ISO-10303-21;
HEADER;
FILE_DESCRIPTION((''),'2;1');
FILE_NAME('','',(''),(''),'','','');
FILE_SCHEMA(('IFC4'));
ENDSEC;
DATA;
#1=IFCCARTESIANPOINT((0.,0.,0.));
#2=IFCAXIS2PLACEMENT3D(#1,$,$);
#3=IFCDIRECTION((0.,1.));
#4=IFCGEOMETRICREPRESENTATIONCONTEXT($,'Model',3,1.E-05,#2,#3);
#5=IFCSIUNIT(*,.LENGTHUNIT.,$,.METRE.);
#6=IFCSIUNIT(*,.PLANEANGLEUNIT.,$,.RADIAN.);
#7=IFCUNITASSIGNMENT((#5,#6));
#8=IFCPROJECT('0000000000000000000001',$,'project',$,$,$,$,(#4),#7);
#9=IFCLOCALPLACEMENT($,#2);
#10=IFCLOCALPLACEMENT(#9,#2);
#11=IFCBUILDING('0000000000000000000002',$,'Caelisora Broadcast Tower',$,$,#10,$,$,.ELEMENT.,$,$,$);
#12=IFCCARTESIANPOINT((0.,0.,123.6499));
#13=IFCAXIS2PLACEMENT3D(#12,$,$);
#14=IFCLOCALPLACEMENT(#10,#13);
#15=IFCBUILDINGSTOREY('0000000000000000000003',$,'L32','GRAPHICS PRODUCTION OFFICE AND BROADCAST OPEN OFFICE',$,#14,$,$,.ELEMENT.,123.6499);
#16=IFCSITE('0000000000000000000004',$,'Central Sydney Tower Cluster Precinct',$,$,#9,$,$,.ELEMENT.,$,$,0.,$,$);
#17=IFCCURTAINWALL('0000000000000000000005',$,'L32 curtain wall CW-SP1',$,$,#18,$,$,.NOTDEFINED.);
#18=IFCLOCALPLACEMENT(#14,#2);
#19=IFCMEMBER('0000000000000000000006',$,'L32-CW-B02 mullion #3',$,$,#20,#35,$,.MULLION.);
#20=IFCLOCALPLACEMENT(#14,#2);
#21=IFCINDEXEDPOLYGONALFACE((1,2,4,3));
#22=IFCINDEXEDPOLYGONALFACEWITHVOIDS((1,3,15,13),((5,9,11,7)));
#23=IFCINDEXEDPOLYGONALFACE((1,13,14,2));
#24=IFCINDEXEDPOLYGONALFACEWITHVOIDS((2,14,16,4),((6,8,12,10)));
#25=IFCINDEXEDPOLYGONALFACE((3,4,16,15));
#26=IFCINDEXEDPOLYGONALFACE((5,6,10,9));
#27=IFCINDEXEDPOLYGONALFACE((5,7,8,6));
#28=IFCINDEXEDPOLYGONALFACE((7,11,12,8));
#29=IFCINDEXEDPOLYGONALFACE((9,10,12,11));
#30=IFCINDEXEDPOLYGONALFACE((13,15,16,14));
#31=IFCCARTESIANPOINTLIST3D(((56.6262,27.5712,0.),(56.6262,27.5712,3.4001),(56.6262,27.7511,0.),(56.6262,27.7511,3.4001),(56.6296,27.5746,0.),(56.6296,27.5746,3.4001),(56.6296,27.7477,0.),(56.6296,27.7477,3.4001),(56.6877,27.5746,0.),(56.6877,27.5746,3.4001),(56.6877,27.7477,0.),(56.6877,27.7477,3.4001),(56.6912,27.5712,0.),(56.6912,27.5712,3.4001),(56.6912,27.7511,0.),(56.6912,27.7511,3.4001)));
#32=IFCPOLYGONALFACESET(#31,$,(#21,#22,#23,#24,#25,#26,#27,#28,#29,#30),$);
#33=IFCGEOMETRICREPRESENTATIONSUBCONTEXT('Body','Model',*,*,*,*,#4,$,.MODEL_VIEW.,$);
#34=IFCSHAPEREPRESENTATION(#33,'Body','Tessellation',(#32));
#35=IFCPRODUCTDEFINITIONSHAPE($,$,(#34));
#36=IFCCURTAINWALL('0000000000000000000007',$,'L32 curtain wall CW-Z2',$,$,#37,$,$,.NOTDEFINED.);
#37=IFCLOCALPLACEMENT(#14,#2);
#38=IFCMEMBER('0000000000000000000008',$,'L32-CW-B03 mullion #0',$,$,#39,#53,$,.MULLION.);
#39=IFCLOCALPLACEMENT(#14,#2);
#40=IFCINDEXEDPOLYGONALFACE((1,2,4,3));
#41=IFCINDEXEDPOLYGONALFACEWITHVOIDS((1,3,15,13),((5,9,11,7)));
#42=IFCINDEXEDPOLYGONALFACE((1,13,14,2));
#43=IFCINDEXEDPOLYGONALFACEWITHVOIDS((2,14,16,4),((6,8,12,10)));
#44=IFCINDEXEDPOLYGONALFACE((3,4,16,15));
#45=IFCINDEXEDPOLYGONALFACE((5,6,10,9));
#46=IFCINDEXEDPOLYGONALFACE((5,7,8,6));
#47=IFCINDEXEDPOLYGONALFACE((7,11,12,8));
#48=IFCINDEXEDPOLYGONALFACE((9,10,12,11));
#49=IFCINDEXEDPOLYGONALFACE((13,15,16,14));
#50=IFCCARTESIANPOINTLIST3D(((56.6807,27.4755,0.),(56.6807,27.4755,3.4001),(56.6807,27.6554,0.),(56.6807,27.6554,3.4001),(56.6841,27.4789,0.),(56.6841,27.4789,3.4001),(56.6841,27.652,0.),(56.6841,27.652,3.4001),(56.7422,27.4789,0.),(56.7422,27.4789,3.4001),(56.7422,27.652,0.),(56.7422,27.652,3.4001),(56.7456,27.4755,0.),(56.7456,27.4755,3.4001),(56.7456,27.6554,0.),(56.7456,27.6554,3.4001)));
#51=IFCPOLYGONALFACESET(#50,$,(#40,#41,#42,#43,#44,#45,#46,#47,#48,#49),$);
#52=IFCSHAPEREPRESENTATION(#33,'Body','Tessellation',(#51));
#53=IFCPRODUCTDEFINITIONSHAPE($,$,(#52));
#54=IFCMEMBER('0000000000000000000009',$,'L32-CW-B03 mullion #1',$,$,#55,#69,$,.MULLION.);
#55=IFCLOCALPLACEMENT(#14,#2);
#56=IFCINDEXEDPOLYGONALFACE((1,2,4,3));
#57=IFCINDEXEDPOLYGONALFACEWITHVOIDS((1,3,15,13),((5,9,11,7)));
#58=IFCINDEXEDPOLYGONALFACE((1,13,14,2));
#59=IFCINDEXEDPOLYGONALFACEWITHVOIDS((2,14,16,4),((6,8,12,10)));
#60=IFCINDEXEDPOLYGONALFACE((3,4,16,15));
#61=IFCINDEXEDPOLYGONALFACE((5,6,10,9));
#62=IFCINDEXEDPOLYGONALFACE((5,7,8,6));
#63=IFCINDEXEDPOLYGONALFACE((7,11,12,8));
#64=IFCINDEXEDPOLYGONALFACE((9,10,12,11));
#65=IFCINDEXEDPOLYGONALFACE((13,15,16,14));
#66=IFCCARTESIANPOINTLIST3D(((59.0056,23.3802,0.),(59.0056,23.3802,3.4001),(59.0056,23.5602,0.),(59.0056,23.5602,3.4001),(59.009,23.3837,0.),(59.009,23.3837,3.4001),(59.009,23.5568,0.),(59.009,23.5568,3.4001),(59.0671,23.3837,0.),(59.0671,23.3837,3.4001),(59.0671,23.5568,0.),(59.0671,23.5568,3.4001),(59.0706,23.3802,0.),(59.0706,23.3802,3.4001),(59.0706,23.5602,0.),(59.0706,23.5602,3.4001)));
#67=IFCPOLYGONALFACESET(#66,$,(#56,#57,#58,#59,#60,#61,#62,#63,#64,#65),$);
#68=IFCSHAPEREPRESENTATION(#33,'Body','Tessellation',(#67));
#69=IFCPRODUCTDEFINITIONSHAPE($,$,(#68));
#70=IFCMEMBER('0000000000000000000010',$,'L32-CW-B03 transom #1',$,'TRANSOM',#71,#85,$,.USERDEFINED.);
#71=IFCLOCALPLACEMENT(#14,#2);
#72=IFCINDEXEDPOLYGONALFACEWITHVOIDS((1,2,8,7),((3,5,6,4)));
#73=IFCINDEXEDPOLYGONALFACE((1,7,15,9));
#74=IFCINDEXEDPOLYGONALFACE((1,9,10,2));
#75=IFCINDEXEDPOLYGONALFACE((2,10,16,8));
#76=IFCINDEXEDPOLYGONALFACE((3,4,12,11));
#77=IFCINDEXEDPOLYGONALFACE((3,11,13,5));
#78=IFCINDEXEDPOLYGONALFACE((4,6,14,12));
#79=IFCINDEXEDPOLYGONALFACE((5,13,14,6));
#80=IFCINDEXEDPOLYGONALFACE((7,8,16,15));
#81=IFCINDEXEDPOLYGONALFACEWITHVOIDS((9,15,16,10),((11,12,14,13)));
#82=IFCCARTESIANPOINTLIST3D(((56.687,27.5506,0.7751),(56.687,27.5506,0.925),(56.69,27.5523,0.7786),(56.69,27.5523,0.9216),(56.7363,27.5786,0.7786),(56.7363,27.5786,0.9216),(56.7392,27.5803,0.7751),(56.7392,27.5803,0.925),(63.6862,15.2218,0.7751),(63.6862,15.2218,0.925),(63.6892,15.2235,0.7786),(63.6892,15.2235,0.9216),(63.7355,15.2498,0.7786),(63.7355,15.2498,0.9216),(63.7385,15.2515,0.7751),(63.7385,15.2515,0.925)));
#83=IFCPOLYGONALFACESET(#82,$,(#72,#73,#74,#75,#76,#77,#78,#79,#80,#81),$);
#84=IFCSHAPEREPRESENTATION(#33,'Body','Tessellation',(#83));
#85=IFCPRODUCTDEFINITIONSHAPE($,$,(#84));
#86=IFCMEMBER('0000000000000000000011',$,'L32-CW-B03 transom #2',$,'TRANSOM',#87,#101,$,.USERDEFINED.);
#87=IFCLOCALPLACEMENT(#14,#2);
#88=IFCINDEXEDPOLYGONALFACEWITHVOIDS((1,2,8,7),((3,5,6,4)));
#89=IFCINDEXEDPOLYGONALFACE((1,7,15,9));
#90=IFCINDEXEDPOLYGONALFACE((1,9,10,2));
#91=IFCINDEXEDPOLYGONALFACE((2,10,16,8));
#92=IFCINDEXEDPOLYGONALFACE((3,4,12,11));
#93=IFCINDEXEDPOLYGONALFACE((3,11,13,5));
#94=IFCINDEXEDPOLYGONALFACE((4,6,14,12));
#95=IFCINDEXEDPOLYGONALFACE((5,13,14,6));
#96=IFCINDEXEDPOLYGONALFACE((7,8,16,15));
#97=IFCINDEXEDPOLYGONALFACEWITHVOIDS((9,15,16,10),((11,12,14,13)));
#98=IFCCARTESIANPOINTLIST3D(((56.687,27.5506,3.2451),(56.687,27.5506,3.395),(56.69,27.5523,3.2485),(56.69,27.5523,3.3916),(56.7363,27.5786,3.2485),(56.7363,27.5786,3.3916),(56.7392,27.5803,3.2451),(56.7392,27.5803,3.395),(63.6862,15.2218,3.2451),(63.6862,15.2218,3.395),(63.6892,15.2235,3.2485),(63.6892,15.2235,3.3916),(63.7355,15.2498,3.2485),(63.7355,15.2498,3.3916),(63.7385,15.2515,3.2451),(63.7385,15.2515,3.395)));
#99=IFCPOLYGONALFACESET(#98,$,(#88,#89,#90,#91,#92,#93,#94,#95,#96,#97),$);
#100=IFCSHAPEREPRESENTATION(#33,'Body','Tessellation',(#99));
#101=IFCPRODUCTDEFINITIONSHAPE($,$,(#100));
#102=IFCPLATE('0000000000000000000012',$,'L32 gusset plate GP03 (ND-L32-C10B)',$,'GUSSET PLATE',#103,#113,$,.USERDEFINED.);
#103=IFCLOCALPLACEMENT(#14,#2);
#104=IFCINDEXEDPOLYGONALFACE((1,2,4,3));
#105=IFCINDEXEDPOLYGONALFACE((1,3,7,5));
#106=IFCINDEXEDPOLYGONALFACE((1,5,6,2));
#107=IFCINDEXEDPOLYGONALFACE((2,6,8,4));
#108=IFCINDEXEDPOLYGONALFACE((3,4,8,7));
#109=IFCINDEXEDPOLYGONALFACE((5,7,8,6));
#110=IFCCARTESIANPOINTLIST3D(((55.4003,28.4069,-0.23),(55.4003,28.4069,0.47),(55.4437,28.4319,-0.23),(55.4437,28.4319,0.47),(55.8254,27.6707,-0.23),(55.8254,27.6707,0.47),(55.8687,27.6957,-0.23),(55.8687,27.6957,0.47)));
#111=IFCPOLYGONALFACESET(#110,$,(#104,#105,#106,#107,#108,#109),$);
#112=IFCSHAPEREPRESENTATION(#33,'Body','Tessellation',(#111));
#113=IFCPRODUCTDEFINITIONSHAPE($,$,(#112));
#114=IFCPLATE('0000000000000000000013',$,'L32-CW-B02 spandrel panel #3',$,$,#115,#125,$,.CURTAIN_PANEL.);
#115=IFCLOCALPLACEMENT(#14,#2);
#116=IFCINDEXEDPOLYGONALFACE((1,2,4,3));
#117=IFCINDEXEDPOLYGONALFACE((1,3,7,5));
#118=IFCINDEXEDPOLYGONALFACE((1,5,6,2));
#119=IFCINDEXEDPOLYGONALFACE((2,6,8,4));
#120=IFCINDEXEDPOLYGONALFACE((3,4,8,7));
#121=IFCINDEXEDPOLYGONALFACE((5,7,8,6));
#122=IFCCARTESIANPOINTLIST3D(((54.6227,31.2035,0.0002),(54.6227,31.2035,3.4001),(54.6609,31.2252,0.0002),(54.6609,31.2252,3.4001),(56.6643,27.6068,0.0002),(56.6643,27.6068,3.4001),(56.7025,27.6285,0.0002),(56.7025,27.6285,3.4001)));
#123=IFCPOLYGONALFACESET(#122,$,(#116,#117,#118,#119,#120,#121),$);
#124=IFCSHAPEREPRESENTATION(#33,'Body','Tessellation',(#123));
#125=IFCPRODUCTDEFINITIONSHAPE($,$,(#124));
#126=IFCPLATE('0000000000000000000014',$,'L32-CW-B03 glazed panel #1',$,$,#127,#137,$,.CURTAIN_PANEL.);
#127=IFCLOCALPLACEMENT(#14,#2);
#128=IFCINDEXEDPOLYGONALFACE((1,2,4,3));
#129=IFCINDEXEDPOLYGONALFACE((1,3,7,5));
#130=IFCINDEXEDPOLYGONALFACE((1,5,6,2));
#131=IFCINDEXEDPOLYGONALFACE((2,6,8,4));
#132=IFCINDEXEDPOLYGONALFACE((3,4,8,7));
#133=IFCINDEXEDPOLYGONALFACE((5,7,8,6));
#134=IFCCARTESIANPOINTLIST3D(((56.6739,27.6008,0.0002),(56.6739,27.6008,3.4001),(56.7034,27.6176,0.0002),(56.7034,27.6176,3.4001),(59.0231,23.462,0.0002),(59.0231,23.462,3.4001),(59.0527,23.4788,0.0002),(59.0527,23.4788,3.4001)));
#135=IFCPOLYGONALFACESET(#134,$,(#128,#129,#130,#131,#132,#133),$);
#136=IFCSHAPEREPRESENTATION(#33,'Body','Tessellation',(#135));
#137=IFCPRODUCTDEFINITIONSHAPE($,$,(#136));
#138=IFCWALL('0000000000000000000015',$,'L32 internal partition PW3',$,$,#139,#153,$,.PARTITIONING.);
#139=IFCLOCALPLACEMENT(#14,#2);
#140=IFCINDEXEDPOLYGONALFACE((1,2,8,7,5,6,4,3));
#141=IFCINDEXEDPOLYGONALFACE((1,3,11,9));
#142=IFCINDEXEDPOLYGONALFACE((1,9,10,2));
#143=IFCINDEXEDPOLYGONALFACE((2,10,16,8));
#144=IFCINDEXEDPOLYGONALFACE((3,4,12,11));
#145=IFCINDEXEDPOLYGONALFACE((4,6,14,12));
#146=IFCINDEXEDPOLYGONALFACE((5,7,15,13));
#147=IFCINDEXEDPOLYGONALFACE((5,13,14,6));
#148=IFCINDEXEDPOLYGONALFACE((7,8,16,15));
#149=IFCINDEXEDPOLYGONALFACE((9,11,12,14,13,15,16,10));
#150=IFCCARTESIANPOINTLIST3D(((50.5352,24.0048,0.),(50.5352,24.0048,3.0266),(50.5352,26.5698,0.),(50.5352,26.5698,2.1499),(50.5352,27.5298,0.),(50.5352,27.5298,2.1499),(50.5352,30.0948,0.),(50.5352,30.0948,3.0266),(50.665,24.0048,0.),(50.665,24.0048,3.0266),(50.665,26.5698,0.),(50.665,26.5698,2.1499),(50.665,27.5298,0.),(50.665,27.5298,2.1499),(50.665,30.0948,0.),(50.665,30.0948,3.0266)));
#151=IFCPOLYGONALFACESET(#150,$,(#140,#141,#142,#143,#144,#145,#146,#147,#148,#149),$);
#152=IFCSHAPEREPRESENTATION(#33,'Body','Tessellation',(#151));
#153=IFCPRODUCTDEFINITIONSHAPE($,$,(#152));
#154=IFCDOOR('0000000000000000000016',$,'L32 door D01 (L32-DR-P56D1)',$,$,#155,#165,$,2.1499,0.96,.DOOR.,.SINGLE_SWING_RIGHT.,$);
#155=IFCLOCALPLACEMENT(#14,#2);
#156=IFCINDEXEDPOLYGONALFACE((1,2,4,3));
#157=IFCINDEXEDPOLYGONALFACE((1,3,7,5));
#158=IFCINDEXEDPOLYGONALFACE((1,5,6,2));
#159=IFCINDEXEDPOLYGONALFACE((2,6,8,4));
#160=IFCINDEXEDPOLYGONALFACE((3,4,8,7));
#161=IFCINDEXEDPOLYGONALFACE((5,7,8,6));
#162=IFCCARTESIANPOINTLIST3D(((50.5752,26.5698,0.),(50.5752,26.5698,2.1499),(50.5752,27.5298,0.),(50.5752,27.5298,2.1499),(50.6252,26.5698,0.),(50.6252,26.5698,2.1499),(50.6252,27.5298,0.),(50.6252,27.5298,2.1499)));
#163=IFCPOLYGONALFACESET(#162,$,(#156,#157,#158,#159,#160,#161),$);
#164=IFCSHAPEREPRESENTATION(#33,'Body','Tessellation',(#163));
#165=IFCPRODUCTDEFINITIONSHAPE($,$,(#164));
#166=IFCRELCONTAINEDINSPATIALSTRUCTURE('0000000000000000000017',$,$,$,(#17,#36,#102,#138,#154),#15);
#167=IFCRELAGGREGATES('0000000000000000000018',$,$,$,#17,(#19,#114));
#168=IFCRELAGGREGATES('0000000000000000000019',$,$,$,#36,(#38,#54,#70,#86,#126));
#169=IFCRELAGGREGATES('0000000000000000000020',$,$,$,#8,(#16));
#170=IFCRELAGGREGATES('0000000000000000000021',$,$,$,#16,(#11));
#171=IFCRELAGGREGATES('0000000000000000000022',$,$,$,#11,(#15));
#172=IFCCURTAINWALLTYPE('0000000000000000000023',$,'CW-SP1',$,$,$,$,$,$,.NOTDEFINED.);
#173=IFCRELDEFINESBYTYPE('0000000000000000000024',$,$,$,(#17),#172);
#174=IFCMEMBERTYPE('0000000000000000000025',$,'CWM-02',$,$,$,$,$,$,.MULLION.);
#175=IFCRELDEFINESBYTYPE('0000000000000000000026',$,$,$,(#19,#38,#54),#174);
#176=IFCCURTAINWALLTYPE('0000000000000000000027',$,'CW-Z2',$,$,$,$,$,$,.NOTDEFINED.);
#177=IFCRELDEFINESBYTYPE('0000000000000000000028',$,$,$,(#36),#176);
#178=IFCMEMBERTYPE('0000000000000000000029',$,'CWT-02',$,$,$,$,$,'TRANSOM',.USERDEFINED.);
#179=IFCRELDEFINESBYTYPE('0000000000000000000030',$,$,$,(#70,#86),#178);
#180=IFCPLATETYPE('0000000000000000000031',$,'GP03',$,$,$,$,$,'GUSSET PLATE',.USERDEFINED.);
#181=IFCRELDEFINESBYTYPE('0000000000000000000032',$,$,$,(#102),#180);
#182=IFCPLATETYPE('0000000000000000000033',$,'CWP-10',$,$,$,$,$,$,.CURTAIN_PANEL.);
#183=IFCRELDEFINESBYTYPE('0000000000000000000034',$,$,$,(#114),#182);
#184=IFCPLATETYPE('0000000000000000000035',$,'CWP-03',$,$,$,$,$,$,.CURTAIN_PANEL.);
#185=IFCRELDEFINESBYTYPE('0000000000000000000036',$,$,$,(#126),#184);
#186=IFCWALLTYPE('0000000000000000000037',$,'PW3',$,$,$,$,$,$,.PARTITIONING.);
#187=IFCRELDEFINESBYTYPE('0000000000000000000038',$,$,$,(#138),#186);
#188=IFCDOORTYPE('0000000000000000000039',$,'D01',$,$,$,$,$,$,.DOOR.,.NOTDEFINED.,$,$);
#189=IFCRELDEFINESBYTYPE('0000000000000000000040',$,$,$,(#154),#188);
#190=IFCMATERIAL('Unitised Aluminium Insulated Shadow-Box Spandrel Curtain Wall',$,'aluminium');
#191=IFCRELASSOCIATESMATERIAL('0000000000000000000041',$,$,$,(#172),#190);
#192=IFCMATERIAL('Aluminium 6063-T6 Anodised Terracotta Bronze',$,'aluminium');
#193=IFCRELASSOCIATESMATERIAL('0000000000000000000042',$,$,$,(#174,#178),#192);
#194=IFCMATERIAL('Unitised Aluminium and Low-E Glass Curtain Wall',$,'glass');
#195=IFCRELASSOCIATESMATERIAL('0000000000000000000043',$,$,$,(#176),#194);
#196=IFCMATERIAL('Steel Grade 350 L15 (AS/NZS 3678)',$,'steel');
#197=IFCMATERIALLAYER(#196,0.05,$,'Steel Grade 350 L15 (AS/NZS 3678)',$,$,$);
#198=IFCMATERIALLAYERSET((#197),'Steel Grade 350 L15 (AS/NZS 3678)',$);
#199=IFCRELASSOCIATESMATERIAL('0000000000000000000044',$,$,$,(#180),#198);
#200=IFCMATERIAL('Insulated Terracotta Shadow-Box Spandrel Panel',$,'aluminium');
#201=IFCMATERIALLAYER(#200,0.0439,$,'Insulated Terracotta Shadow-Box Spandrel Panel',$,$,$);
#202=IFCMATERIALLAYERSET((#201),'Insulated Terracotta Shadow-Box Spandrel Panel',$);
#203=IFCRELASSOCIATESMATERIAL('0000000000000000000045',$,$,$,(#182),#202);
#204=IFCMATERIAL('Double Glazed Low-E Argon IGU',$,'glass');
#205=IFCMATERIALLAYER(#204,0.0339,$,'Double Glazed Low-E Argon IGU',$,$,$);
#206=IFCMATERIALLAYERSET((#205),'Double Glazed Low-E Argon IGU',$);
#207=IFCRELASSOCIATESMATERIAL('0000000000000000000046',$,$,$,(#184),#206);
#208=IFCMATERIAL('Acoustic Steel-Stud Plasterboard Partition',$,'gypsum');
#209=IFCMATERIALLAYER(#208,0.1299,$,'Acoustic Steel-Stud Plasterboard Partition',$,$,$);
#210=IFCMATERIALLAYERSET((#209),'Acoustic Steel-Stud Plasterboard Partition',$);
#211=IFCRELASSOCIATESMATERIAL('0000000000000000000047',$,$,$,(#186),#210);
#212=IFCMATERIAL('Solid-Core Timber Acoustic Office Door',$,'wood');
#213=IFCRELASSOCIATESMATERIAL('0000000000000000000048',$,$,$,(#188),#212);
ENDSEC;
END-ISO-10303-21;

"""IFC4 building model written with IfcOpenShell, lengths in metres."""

from ifc_helpers import new_model, si_unit, direction, frame, frame_2d, origin, origin_2d, place, context, subcontext, project, spatial, rectangle, hollow_rectangle, extrude, source, transform, mapped, material, layer, layer_set, material_profile, profile_set, type_object, type_shapes, element, fill, aggregate, save


model = new_model("IFC4")

# Units and contexts
model_context = context("Model", 3, precision=1e-05, world=origin(), true_north=direction((0.0, 1.0)))
body_context = subcontext(model_context, "Body", "Model", "MODEL_VIEW")
ifc_project = project(units=[si_unit("LENGTHUNIT", "METRE"), si_unit("PLANEANGLEUNIT", "RADIAN")], contexts=[model_context])

# Site, building, storey
site_placement = place(None, origin())
site = spatial("IfcSite", under=ifc_project, at=site_placement, Name="Central Sydney Tower Cluster Precinct", CompositionType="ELEMENT", RefElevation=0.0)
building_placement = place(site_placement, origin())
building = spatial("IfcBuilding", under=site, at=building_placement, Name="Caelisora Broadcast Tower", CompositionType="ELEMENT")
storey_placement = place(building_placement, frame((0.0, 0.0, 123.6499)))
storey = spatial("IfcBuildingStorey", under=building, at=storey_placement, Name="L32", Description="GRAPHICS PRODUCTION OFFICE AND BROADCAST OPEN OFFICE", CompositionType="ELEMENT", Elevation=123.6499)

# Shared definitions
ifc_material_1 = material(Name="Steel Grade 350 L15 (AS/NZS 3678)", Category="steel")

# Curtain walls, members
ifc_material_2 = material(Name="Unitised Aluminium Insulated Shadow-Box Spandrel Curtain Wall", Category="aluminium")
curtain_wall_type_1 = type_object("IfcCurtainWallType", Name="CW-SP1", PredefinedType="NOTDEFINED", material=ifc_material_2)
curtain_wall_1_placement = place(storey_placement, origin())
curtain_wall_1 = element("IfcCurtainWall", 1, at=curtain_wall_1_placement, inside=storey, type_object=curtain_wall_type_1, Name="L32 curtain wall CW-SP1", PredefinedType="NOTDEFINED")
ifc_material_3 = material(Name="Aluminium 6063-T6 Anodised Terracotta Bronze", Category="aluminium")
ifc_material_profile_1 = material_profile(ifc_material_3, hollow_rectangle(XDim=0.0649, YDim=0.1799, WallThickness=0.0034, at=origin_2d()), Name="Aluminium 6063-T6 Anodised Terracotta Bronze")
ifc_profile_set_1 = profile_set([ifc_material_profile_1], Name="Aluminium 6063-T6 Anodised Terracotta Bronze")
member_type_1 = type_object("IfcMemberType", Name="CWM-02", PredefinedType="MULLION", material=ifc_profile_set_1)
shared_shape_1 = source(origin(), body_context, "Body", "SweptSolid", [
    extrude(hollow_rectangle(XDim=0.0649, YDim=0.1799, WallThickness=0.0034, at=origin_2d()), origin(), (0.0, 0.0, 1.0), 3.4001),
])
type_shapes(member_type_1, [shared_shape_1])
member_1_placement = place(storey_placement, frame((56.6587, 27.6611, 0.0), z_axis=(0.0, 0.0, 1.0), x_axis=(1.0, 0.0, 0.0)))
member_1 = element("IfcMember", 2, at=member_1_placement, type_object=member_type_1, Name="L32-CW-B02 mullion #3", PredefinedType="MULLION", context=body_context, shape_type="MappedRepresentation", body=[
    mapped(shared_shape_1, transform((0.0, 0.0, 0.0), scale=1.0)),
])
ifc_material_4 = material(Name="Unitised Aluminium and Low-E Glass Curtain Wall", Category="glass")
curtain_wall_type_2 = type_object("IfcCurtainWallType", Name="CW-Z2", PredefinedType="NOTDEFINED", material=ifc_material_4)
curtain_wall_2_placement = place(storey_placement, origin())
curtain_wall_2 = element("IfcCurtainWall", 3, at=curtain_wall_2_placement, inside=storey, type_object=curtain_wall_type_2, Name="L32 curtain wall CW-Z2", PredefinedType="NOTDEFINED")
member_2_placement = place(storey_placement, frame((56.7131, 27.5654, 0.0), z_axis=(0.0, 0.0, 1.0), x_axis=(1.0, 0.0, 0.0)))
member_2 = element("IfcMember", 4, at=member_2_placement, type_object=member_type_1, Name="L32-CW-B03 mullion #0", PredefinedType="MULLION", context=body_context, shape_type="MappedRepresentation", body=[
    mapped(shared_shape_1, transform((0.0, 0.0, 0.0), scale=1.0)),
])
member_3_placement = place(storey_placement, frame((59.0381, 23.4702, 0.0), z_axis=(0.0, 0.0, 1.0), x_axis=(1.0, 0.0, 0.0)))
member_3 = element("IfcMember", 5, at=member_3_placement, type_object=member_type_1, Name="L32-CW-B03 mullion #1", PredefinedType="MULLION", context=body_context, shape_type="MappedRepresentation", body=[
    mapped(shared_shape_1, transform((0.0, 0.0, 0.0), scale=1.0)),
])
ifc_material_profile_2 = material_profile(ifc_material_3, hollow_rectangle(XDim=0.0601, YDim=0.1499, WallThickness=0.0034, at=origin_2d()), Name="Aluminium 6063-T6 Anodised Terracotta Bronze")
ifc_profile_set_2 = profile_set([ifc_material_profile_2], Name="Aluminium 6063-T6 Anodised Terracotta Bronze")
member_type_2 = type_object("IfcMemberType", Name="CWT-02", ElementType="TRANSOM", PredefinedType="USERDEFINED", material=ifc_profile_set_2)
shared_shape_2 = source(origin(), body_context, "Body", "SweptSolid", [
    extrude(hollow_rectangle(XDim=0.0601, YDim=0.1499, WallThickness=0.0034, at=origin_2d()), origin(), (0.0, 0.0, 1.0), 14.177),
])
type_shapes(member_type_2, [shared_shape_2])
member_4_placement = place(storey_placement, frame((56.7131, 27.5654, 0.8501), z_axis=(0.493702, -0.869631, 0.0), x_axis=(0.869631, 0.493702, 0.0)))
member_4 = element("IfcMember", 6, at=member_4_placement, type_object=member_type_2, Name="L32-CW-B03 transom #1", ObjectType="TRANSOM", PredefinedType="USERDEFINED", context=body_context, shape_type="MappedRepresentation", body=[
    mapped(shared_shape_2, transform((0.0, 0.0, 0.0), scale=1.0)),
])
member_5_placement = place(storey_placement, frame((56.7131, 27.5654, 3.3201), z_axis=(0.493702, -0.869631, 0.0), x_axis=(0.869631, 0.493702, 0.0)))
member_5 = element("IfcMember", 7, at=member_5_placement, type_object=member_type_2, Name="L32-CW-B03 transom #2", ObjectType="TRANSOM", PredefinedType="USERDEFINED", context=body_context, shape_type="MappedRepresentation", body=[
    mapped(shared_shape_2, transform((0.0, 0.0, 0.0), scale=1.0)),
])

# Plates
ifc_layer_1 = layer(ifc_material_1, 0.05, Name="Steel Grade 350 L15 (AS/NZS 3678)")
ifc_layer_set_1 = layer_set([ifc_layer_1], Name="Steel Grade 350 L15 (AS/NZS 3678)")
plate_type_1 = type_object("IfcPlateType", Name="GP03", ElementType="GUSSET PLATE", PredefinedType="USERDEFINED", material=ifc_layer_set_1)
shared_shape_3 = source(origin(), body_context, "Body", "SweptSolid", [
    extrude(rectangle(XDim=0.8501, YDim=0.05, at=origin_2d()), origin(), (0.0, 0.0, 1.0), 0.7),
])
type_shapes(plate_type_1, [shared_shape_3])
plate_1_placement = place(storey_placement, frame((55.6345, 28.0513, -0.23), z_axis=(0.0, 0.0, 1.0), x_axis=(-0.5, 0.866025, 0.0)))
element("IfcPlate", 8, at=plate_1_placement, inside=storey, type_object=plate_type_1, Name="L32 gusset plate GP03 (ND-L32-C10B)", ObjectType="GUSSET PLATE", PredefinedType="USERDEFINED", context=body_context, shape_type="MappedRepresentation", body=[
    mapped(shared_shape_3, transform((0.0, 0.0, 0.0), scale=1.0)),
])
ifc_material_5 = material(Name="Insulated Terracotta Shadow-Box Spandrel Panel", Category="aluminium")
ifc_layer_2 = layer(ifc_material_5, 0.0439, Name="Insulated Terracotta Shadow-Box Spandrel Panel")
ifc_layer_set_2 = layer_set([ifc_layer_2], Name="Insulated Terracotta Shadow-Box Spandrel Panel")
plate_type_2 = type_object("IfcPlateType", Name="CWP-10", PredefinedType="CURTAIN_PANEL", material=ifc_layer_set_2)
shared_shape_4 = source(origin(), body_context, "Body", "SweptSolid", [
    extrude(rectangle(XDim=4.1357, YDim=0.0439, at=origin_2d()), origin(), (0.0, 0.0, 1.0), 3.3999),
])
type_shapes(plate_type_2, [shared_shape_4])
plate_2_placement = place(storey_placement, frame((55.6626, 29.416, 0.0002), z_axis=(0.0, 0.0, 1.0), x_axis=(0.493638, -0.869667, 0.0)))
plate_2 = element("IfcPlate", 9, at=plate_2_placement, type_object=plate_type_2, Name="L32-CW-B02 spandrel panel #3", PredefinedType="CURTAIN_PANEL", context=body_context, shape_type="MappedRepresentation", body=[
    mapped(shared_shape_4, transform((0.0, 0.0, 0.0), scale=1.0)),
])
aggregate(curtain_wall_1, [member_1, plate_2])
ifc_material_6 = material(Name="Double Glazed Low-E Argon IGU", Category="glass")
ifc_layer_3 = layer(ifc_material_6, 0.0339, Name="Double Glazed Low-E Argon IGU")
ifc_layer_set_3 = layer_set([ifc_layer_3], Name="Double Glazed Low-E Argon IGU")
plate_type_3 = type_object("IfcPlateType", Name="CWP-03", PredefinedType="CURTAIN_PANEL", material=ifc_layer_set_3)
shared_shape_5 = source(origin(), body_context, "Body", "SweptSolid", [
    extrude(rectangle(XDim=4.759, YDim=0.0339, at=origin_2d()), origin(), (0.0, 0.0, 1.0), 3.3999),
])
type_shapes(plate_type_3, [shared_shape_5])
plate_3_placement = place(storey_placement, frame((57.8633, 25.5398, 0.0002), z_axis=(0.0, 0.0, 1.0), x_axis=(0.493638, -0.869667, 0.0)))
plate_3 = element("IfcPlate", 10, at=plate_3_placement, type_object=plate_type_3, Name="L32-CW-B03 glazed panel #1", PredefinedType="CURTAIN_PANEL", context=body_context, shape_type="MappedRepresentation", body=[
    mapped(shared_shape_5, transform((0.0, 0.0, 0.0), scale=1.0)),
])
aggregate(curtain_wall_2, [member_2, member_3, member_4, member_5, plate_3])

# Wall, opening, door
ifc_material_7 = material(Name="Acoustic Steel-Stud Plasterboard Partition", Category="gypsum")
ifc_layer_4 = layer(ifc_material_7, 0.1299, Name="Acoustic Steel-Stud Plasterboard Partition")
ifc_layer_set_4 = layer_set([ifc_layer_4], Name="Acoustic Steel-Stud Plasterboard Partition")
wall_type = type_object("IfcWallType", Name="PW3", PredefinedType="PARTITIONING", material=ifc_layer_set_4)
wall_1_placement = place(storey_placement, frame((50.6001, 24.0049, 0.0), z_axis=(0.0, 0.0, 1.0), x_axis=(0.0, 1.0, 0.0)))
wall_1 = element("IfcWall", 11, at=wall_1_placement, inside=storey, type_object=wall_type, Name="L32 internal partition PW3", PredefinedType="PARTITIONING", context=body_context, shape_type="SweptSolid", body=[
    extrude(rectangle(XDim=6.0901, YDim=0.1299, at=frame_2d((3.0449, 0.0))), origin(), (0.0, 0.0, 1.0), 3.0266),
])
opening_1_placement = place(wall_1_placement, frame((2.5649, 0.0, 0.0)))
opening_1 = element("IfcOpeningElement", 12, at=opening_1_placement, cuts=wall_1, PredefinedType="OPENING", context=body_context, shape_type="SweptSolid", body=[
    extrude(rectangle(XDim=0.96, YDim=2.1499, at=frame_2d((0.48, 1.075))), frame((0.0, 0.0769, 0.0), z_axis=(0.0, -1.0, 0.0), x_axis=(1.0, 0.0, 0.0)), (0.0, 0.0, 1.0), 0.1538),
])
ifc_material_8 = material(Name="Solid-Core Timber Acoustic Office Door", Category="wood")
door_type = type_object("IfcDoorType", Name="D01", OperationType="NOTDEFINED", PredefinedType="DOOR", material=ifc_material_8)
door_1_placement = place(opening_1_placement, origin())
door_1 = element("IfcDoor", 13, at=door_1_placement, inside=storey, type_object=door_type, Name="L32 door D01 (L32-DR-P56D1)", OperationType="SINGLE_SWING_RIGHT", OverallHeight=2.1499, OverallWidth=0.96, PredefinedType="DOOR", context=body_context, shape_type="SweptSolid", body=[
    extrude(rectangle(XDim=0.96, YDim=2.1499, at=frame_2d((0.48, 1.075))), frame((0.0, 0.0249, 0.0), z_axis=(0.0, -1.0, 0.0), x_axis=(1.0, 0.0, 0.0)), (0.0, 0.0, 1.0), 0.05),
])
fill(opening_1, door_1)

save(model, "model.ifc")
